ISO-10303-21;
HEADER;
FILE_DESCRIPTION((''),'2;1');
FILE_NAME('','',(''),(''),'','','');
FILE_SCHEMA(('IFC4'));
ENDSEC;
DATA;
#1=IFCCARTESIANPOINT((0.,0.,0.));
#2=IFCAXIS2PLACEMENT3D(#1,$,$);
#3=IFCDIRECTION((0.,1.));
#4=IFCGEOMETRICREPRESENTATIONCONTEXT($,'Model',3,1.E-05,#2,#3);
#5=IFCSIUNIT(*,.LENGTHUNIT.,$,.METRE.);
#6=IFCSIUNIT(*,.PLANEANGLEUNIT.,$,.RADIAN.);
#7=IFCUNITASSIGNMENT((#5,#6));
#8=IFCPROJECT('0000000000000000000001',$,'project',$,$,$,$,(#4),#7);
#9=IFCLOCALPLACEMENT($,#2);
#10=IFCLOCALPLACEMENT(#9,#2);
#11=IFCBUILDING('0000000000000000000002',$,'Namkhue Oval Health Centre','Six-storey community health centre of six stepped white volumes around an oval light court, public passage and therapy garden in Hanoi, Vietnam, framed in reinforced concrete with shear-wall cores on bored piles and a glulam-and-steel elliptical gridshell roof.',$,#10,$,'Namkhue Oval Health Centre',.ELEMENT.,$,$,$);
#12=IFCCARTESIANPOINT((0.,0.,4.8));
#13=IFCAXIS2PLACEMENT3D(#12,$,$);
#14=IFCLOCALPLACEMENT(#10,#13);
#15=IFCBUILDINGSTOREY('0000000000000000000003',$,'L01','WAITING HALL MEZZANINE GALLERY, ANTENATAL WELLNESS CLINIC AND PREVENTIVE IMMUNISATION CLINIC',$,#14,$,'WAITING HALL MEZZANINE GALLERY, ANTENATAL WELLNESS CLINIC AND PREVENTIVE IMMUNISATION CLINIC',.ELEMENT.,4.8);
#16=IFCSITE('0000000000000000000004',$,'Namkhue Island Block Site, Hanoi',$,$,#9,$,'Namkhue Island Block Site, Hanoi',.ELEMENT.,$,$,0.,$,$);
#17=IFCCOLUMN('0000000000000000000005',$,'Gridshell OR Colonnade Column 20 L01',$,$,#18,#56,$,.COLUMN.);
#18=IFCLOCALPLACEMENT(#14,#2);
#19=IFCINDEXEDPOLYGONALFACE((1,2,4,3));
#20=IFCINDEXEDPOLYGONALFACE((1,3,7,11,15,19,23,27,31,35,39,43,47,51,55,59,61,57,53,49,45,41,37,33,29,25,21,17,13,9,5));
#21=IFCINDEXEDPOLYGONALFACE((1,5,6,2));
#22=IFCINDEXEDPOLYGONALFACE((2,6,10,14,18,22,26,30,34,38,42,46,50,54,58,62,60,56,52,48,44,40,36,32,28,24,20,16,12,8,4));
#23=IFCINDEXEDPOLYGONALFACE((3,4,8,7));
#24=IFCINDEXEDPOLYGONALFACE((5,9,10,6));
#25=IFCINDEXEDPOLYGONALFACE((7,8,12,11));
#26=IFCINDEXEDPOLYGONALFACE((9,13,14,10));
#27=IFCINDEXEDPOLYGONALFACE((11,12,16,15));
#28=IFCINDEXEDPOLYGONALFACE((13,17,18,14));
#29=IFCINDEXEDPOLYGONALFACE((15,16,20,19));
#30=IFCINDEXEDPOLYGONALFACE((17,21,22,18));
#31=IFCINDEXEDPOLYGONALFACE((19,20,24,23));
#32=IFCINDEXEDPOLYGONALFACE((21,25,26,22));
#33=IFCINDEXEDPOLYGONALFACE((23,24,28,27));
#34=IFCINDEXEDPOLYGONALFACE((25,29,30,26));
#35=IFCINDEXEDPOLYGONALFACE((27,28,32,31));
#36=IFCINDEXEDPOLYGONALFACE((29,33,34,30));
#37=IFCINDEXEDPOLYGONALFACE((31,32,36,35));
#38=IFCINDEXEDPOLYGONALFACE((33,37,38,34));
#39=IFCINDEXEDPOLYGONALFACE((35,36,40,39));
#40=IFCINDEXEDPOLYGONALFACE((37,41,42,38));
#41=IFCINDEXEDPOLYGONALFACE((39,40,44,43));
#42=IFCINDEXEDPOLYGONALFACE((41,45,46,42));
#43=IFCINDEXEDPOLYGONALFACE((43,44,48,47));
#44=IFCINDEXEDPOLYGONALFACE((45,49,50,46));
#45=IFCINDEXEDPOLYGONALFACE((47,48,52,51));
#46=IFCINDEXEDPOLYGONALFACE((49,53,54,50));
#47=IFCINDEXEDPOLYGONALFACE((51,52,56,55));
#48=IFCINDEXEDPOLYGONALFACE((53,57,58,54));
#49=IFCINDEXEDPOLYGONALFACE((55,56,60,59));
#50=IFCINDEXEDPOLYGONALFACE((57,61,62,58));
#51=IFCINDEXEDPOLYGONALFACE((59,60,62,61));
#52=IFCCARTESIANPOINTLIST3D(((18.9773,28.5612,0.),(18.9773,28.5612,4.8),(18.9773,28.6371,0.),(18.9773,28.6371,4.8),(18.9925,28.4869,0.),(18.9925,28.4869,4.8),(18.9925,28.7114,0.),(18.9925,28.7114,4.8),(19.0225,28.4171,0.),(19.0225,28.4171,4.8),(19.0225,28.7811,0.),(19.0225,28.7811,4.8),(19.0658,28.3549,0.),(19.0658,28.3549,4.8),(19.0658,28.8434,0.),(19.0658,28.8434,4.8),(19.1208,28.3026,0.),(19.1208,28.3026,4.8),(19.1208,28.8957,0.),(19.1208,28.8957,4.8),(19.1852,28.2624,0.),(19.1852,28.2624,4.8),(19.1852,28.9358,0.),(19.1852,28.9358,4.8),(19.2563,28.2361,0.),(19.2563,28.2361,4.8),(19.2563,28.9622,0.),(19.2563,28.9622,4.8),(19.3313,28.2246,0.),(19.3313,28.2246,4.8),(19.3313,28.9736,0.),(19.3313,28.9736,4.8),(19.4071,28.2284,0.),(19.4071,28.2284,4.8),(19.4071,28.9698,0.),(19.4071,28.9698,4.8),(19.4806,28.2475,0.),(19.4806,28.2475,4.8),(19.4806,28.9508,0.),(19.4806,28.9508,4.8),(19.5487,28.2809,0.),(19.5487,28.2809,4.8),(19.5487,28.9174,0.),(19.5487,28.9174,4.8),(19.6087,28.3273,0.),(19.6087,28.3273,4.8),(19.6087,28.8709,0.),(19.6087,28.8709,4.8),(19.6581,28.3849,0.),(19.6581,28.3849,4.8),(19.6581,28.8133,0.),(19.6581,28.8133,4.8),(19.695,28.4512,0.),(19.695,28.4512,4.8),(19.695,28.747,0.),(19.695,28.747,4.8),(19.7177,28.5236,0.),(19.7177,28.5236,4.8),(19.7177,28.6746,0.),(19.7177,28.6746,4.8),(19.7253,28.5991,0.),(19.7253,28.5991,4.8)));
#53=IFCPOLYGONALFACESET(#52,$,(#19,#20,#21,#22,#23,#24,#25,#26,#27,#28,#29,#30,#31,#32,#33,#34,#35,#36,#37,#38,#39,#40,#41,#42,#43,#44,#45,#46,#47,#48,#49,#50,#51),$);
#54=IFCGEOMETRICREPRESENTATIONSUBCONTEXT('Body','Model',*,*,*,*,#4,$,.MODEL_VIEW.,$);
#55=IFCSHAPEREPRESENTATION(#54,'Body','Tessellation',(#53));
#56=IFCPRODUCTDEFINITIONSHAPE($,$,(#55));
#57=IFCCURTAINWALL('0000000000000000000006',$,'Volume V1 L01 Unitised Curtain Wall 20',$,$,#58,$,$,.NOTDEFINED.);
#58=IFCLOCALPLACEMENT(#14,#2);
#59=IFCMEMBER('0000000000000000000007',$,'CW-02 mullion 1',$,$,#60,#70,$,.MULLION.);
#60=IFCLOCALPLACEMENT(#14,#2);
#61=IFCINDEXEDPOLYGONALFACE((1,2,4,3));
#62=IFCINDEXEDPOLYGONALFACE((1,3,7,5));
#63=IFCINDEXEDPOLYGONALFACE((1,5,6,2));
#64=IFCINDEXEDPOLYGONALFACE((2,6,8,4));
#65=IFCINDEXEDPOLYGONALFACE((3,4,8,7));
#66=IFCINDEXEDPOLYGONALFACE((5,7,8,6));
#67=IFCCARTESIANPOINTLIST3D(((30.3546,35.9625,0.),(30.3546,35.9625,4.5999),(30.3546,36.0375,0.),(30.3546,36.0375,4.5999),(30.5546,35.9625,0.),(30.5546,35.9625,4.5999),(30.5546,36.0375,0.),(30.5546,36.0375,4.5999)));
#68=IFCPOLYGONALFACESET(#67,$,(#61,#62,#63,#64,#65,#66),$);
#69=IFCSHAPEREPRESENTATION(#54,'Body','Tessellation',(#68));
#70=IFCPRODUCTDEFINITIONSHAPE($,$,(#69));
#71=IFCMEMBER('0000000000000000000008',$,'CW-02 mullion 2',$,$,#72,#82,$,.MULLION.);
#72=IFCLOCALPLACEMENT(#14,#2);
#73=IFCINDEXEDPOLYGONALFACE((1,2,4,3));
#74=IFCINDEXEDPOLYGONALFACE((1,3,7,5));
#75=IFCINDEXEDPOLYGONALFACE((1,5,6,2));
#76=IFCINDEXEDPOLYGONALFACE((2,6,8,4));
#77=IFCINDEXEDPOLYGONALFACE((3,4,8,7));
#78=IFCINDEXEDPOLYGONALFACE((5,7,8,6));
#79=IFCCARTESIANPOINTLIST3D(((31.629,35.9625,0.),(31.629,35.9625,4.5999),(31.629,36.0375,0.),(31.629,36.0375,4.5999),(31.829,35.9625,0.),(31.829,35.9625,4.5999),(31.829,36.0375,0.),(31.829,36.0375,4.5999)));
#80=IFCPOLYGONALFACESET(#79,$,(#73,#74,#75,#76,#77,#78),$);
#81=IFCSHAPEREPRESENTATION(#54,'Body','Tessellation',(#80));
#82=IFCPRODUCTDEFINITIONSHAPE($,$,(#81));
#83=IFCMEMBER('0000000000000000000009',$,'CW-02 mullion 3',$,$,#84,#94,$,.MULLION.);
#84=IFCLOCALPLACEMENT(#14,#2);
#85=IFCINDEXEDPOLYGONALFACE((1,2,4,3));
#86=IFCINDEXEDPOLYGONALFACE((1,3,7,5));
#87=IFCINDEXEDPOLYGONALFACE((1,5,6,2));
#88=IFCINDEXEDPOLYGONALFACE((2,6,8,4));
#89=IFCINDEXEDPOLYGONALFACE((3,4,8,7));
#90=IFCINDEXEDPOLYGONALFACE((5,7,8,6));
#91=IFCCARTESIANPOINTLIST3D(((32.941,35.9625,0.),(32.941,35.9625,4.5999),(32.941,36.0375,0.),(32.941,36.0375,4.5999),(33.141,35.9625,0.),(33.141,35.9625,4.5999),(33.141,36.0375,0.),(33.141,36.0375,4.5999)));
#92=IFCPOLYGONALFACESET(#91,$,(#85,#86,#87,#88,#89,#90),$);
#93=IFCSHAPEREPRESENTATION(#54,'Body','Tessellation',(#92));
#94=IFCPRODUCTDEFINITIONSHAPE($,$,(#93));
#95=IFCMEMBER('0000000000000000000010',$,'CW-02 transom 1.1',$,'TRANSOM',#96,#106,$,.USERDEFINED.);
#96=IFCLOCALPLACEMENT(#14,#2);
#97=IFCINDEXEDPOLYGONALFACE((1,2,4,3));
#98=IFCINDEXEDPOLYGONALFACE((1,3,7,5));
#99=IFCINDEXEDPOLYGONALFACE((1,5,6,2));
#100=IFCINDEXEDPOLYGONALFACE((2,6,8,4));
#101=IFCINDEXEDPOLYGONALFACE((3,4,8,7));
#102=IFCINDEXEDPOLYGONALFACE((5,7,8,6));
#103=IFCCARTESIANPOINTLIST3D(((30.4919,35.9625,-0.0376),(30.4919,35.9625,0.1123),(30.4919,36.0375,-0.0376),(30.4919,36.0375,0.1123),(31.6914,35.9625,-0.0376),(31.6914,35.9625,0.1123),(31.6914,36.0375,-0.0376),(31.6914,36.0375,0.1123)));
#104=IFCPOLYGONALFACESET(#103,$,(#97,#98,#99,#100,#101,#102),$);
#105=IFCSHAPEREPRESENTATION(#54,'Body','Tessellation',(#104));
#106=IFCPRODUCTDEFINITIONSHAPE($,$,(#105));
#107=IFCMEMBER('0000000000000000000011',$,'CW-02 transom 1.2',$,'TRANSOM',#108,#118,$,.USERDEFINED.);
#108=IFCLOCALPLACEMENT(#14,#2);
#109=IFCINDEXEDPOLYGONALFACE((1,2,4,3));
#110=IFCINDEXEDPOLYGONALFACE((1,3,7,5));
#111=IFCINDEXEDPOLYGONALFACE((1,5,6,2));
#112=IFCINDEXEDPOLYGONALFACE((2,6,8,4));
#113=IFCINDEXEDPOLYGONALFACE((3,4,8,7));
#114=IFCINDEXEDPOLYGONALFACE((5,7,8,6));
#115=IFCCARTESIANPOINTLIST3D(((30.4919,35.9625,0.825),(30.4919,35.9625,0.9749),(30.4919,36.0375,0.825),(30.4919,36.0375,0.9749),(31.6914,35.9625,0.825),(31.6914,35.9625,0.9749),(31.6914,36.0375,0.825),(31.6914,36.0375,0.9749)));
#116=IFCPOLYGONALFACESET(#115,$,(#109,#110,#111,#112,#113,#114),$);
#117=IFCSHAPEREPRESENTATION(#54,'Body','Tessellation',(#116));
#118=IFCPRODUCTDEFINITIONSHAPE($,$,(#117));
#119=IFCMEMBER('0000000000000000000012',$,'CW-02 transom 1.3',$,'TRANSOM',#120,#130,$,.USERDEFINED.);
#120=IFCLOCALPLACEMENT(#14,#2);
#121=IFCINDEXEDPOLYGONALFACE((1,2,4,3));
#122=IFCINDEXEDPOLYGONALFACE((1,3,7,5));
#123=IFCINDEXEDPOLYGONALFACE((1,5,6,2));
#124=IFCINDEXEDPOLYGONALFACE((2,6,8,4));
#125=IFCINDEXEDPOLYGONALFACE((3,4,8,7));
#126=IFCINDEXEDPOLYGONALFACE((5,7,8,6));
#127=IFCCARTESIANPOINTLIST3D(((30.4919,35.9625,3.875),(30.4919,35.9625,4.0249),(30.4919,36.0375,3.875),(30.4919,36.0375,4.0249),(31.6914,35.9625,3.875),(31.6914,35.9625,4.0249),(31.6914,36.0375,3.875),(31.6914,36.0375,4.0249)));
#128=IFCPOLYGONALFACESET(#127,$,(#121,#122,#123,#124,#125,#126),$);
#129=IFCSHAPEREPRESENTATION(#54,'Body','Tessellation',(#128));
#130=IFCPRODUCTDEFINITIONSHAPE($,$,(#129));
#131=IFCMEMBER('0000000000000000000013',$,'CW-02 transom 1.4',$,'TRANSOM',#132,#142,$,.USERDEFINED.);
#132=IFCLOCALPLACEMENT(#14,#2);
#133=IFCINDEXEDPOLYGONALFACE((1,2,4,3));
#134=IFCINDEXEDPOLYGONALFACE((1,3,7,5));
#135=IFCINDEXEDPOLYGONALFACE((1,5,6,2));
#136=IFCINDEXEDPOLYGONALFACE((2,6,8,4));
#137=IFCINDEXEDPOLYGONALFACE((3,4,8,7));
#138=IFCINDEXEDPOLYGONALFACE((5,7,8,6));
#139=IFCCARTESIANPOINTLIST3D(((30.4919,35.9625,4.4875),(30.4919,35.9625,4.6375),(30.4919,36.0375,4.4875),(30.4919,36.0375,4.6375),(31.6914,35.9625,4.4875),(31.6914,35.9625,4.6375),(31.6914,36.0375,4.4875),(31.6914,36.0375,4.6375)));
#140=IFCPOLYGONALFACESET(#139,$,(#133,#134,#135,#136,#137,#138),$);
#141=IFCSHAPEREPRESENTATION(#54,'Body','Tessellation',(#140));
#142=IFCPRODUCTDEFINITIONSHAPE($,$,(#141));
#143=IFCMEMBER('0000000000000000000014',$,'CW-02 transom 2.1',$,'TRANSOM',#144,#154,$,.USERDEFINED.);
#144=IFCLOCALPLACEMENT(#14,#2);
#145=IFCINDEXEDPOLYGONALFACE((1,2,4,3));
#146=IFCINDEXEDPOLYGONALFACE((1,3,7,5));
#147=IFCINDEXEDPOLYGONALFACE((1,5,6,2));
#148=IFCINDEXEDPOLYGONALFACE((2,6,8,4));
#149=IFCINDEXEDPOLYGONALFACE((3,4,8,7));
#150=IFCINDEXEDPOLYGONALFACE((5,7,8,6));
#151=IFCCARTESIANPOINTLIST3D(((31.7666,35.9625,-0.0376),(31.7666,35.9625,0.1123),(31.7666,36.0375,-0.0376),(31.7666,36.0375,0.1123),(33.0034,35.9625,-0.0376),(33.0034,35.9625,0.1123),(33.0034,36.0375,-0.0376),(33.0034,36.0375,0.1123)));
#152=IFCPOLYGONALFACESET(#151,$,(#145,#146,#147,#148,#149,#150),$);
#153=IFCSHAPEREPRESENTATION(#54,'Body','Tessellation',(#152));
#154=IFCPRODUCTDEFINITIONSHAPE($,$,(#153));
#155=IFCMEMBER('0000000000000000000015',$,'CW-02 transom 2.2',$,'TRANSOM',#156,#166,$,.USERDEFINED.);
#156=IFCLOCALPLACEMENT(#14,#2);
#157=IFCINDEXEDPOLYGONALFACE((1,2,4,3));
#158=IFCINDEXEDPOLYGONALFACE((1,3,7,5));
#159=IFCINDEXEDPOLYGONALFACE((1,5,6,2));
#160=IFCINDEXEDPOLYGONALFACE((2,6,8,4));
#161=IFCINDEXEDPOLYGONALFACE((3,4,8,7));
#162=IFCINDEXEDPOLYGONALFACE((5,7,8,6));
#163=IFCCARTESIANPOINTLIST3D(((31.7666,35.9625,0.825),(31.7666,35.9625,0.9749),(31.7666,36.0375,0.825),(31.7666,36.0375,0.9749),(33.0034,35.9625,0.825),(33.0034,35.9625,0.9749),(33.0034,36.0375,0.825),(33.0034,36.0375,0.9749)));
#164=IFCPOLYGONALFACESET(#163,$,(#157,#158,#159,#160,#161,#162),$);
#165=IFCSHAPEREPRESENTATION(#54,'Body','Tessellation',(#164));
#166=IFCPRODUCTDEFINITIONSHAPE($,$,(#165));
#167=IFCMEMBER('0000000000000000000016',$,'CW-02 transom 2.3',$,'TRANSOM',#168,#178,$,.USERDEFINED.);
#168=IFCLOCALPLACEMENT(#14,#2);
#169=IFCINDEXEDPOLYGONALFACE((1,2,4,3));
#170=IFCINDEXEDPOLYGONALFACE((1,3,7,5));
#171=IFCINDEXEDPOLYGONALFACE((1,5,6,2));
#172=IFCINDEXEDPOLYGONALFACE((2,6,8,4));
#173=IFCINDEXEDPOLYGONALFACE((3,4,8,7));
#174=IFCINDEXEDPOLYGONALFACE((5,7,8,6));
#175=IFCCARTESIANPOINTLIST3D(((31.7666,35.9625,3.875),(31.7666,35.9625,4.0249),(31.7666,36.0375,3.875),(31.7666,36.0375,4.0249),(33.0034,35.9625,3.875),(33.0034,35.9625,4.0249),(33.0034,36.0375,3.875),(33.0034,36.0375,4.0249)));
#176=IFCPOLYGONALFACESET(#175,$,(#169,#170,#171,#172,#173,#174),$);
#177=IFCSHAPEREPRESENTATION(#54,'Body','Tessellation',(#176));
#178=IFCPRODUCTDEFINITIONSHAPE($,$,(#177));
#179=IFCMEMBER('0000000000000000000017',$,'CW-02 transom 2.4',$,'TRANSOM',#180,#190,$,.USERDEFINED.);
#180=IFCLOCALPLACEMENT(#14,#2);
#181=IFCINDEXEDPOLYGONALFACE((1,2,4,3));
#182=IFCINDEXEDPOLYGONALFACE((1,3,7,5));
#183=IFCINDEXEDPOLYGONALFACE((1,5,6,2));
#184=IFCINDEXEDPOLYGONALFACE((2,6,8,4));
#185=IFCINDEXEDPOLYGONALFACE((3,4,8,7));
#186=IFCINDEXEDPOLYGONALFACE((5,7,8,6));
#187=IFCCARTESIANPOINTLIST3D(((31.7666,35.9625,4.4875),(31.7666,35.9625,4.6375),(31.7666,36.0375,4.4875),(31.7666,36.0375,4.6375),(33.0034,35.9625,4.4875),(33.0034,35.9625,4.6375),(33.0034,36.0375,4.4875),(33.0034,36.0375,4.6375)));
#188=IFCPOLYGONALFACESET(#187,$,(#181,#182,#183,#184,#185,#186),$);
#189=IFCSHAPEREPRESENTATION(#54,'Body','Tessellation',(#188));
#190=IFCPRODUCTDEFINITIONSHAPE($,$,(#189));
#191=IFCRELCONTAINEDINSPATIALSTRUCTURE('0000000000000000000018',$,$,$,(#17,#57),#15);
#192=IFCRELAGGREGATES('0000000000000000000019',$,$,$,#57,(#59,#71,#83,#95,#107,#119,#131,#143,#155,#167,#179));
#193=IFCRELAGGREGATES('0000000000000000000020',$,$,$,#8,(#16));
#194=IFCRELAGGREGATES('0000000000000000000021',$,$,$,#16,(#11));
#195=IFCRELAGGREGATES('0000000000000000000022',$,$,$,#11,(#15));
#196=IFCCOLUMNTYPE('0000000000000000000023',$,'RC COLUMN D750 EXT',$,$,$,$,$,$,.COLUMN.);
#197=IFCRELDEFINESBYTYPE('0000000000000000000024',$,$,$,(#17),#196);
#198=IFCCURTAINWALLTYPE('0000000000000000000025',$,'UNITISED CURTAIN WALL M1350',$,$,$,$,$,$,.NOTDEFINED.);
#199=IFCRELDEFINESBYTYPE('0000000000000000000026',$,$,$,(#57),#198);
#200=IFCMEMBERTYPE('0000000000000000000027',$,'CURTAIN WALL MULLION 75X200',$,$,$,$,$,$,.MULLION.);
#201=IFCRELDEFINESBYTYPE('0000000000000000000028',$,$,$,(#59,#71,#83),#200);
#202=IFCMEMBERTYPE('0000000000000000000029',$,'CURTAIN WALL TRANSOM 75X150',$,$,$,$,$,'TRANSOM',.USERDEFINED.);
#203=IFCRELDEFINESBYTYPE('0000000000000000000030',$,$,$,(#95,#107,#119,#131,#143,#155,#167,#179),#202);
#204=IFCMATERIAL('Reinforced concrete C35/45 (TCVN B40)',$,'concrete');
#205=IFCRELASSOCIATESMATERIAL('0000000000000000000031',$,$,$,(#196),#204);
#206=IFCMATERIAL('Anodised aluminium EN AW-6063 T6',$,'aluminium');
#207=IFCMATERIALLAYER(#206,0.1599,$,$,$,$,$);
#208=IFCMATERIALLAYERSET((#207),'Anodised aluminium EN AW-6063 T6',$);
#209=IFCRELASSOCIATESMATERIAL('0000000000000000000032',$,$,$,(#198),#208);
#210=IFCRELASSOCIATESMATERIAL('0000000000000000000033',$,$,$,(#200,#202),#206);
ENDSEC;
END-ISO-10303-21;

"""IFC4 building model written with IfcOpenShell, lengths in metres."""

from ifc_helpers import new_model, si_unit, direction, frame, origin, origin_2d, place, context, subcontext, project, spatial, rectangle, circle, extrude, material, layer, layer_set, material_profile, profile_set, type_object, element, aggregate, save


model = new_model("IFC4")

# Units and contexts
model_context = context("Model", 3, precision=1e-05, world=origin(), true_north=direction((0.0, 1.0)))
body_context = subcontext(model_context, "Body", "Model", "MODEL_VIEW")
ifc_project = project(units=[si_unit("LENGTHUNIT", "METRE"), si_unit("PLANEANGLEUNIT", "RADIAN")], contexts=[model_context])

# Site, building, storey
site_placement = place(None, origin())
site = spatial("IfcSite", under=ifc_project, at=site_placement, Name="Namkhue Island Block Site, Hanoi", LongName="Namkhue Island Block Site, Hanoi", CompositionType="ELEMENT", RefElevation=0.0)
building_placement = place(site_placement, origin())
building = spatial("IfcBuilding", under=site, at=building_placement, Name="Namkhue Oval Health Centre", Description="Six-storey community health centre of six stepped white volumes around an oval light court, public passage and therapy garden in Hanoi, Vietnam, framed in reinforced concrete with shear-wall cores on bored piles and a glulam-and-steel elliptical gridshell roof.", LongName="Namkhue Oval Health Centre", CompositionType="ELEMENT")
storey_placement = place(building_placement, frame((0.0, 0.0, 4.8)))
storey = spatial("IfcBuildingStorey", under=building, at=storey_placement, Name="L01", Description="WAITING HALL MEZZANINE GALLERY, ANTENATAL WELLNESS CLINIC AND PREVENTIVE IMMUNISATION CLINIC", LongName="WAITING HALL MEZZANINE GALLERY, ANTENATAL WELLNESS CLINIC AND PREVENTIVE IMMUNISATION CLINIC", CompositionType="ELEMENT", Elevation=4.8)

# Column
ifc_material_1 = material(Name="Reinforced concrete C35/45 (TCVN B40)", Category="concrete")
ifc_material_profile_1 = material_profile(ifc_material_1, circle(Radius=0.375, at=origin_2d()), Name="RC D750")
ifc_profile_set_1 = profile_set([ifc_material_profile_1], Name="Reinforced concrete C35/45 (TCVN B40)")
column_type = type_object("IfcColumnType", Name="RC COLUMN D750 EXT", PredefinedType="COLUMN", material=ifc_profile_set_1)
column_placement = place(storey_placement, frame((19.3503, 28.5991, 0.0), z_axis=(0.0, 0.0, 1.0), x_axis=(1.0, 0.0, 0.0)))
element("IfcColumn", 1, at=column_placement, inside=storey, type_object=column_type, Name="Gridshell OR Colonnade Column 20 L01", PredefinedType="COLUMN", context=body_context, shape_type="SweptSolid", body=[
    extrude(circle(Radius=0.375, at=origin_2d()), origin(), (0.0, 0.0, 1.0), 4.8),
])

# Curtain wall, members
ifc_material_2 = material(Name="Anodised aluminium EN AW-6063 T6", Category="aluminium")
ifc_layer_1 = layer(ifc_material_2, 0.1599)
ifc_layer_set_1 = layer_set([ifc_layer_1], Name="Anodised aluminium EN AW-6063 T6")
curtain_wall_type = type_object("IfcCurtainWallType", Name="UNITISED CURTAIN WALL M1350", PredefinedType="NOTDEFINED", material=ifc_layer_set_1)
curtain_wall_placement = place(storey_placement, origin())
curtain_wall = element("IfcCurtainWall", 2, at=curtain_wall_placement, inside=storey, type_object=curtain_wall_type, Name="Volume V1 L01 Unitised Curtain Wall 20", PredefinedType="NOTDEFINED")
ifc_material_profile_2 = material_profile(ifc_material_2, rectangle(XDim=0.075, YDim=0.2, at=origin_2d()), Name="ALU 75x200")
ifc_profile_set_2 = profile_set([ifc_material_profile_2], Name="Anodised aluminium EN AW-6063 T6")
member_type_1 = type_object("IfcMemberType", Name="CURTAIN WALL MULLION 75X200", PredefinedType="MULLION", material=ifc_profile_set_2)
member_1_placement = place(storey_placement, frame((30.4546, 36.0, 0.0), z_axis=(0.0, 0.0, 1.0), x_axis=(0.0, 1.0, 0.0)))
member_1 = element("IfcMember", 3, at=member_1_placement, type_object=member_type_1, Name="CW-02 mullion 1", PredefinedType="MULLION", context=body_context, shape_type="SweptSolid", body=[
    extrude(rectangle(XDim=0.075, YDim=0.2, at=origin_2d()), origin(), (0.0, 0.0, 1.0), 4.5999),
])
member_2_placement = place(storey_placement, frame((31.729, 36.0, 0.0), z_axis=(0.0, 0.0, 1.0), x_axis=(0.0, 1.0, 0.0)))
member_2 = element("IfcMember", 4, at=member_2_placement, type_object=member_type_1, Name="CW-02 mullion 2", PredefinedType="MULLION", context=body_context, shape_type="SweptSolid", body=[
    extrude(rectangle(XDim=0.075, YDim=0.2, at=origin_2d()), origin(), (0.0, 0.0, 1.0), 4.5999),
])
member_3_placement = place(storey_placement, frame((33.041, 36.0, 0.0), z_axis=(0.0, 0.0, 1.0), x_axis=(0.0, 1.0, 0.0)))
member_3 = element("IfcMember", 5, at=member_3_placement, type_object=member_type_1, Name="CW-02 mullion 3", PredefinedType="MULLION", context=body_context, shape_type="SweptSolid", body=[
    extrude(rectangle(XDim=0.075, YDim=0.2, at=origin_2d()), origin(), (0.0, 0.0, 1.0), 4.5999),
])
ifc_material_profile_3 = material_profile(ifc_material_2, rectangle(XDim=0.075, YDim=0.1499, at=origin_2d()), Name="ALU 75x150")
ifc_profile_set_3 = profile_set([ifc_material_profile_3], Name="Anodised aluminium EN AW-6063 T6")
member_type_2 = type_object("IfcMemberType", Name="CURTAIN WALL TRANSOM 75X150", ElementType="TRANSOM", PredefinedType="USERDEFINED", material=ifc_profile_set_3)
member_4_placement = place(storey_placement, frame((30.4919, 36.0, 0.0374), z_axis=(1.0, 0.0, 0.0), x_axis=(0.0, 1.0, 0.0)))
member_4 = element("IfcMember", 6, at=member_4_placement, type_object=member_type_2, Name="CW-02 transom 1.1", ObjectType="TRANSOM", PredefinedType="USERDEFINED", context=body_context, shape_type="SweptSolid", body=[
    extrude(rectangle(XDim=0.075, YDim=0.1499, at=origin_2d()), origin(), (0.0, 0.0, 1.0), 1.1995),
])
member_5_placement = place(storey_placement, frame((30.4919, 36.0, 0.8999), z_axis=(1.0, 0.0, 0.0), x_axis=(0.0, 1.0, 0.0)))
member_5 = element("IfcMember", 7, at=member_5_placement, type_object=member_type_2, Name="CW-02 transom 1.2", ObjectType="TRANSOM", PredefinedType="USERDEFINED", context=body_context, shape_type="SweptSolid", body=[
    extrude(rectangle(XDim=0.075, YDim=0.1499, at=origin_2d()), origin(), (0.0, 0.0, 1.0), 1.1995),
])
member_6_placement = place(storey_placement, frame((30.4919, 36.0, 3.95), z_axis=(1.0, 0.0, 0.0), x_axis=(0.0, 1.0, 0.0)))
member_6 = element("IfcMember", 8, at=member_6_placement, type_object=member_type_2, Name="CW-02 transom 1.3", ObjectType="TRANSOM", PredefinedType="USERDEFINED", context=body_context, shape_type="SweptSolid", body=[
    extrude(rectangle(XDim=0.075, YDim=0.1499, at=origin_2d()), origin(), (0.0, 0.0, 1.0), 1.1995),
])
member_7_placement = place(storey_placement, frame((30.4919, 36.0, 4.5625), z_axis=(1.0, 0.0, 0.0), x_axis=(0.0, 1.0, 0.0)))
member_7 = element("IfcMember", 9, at=member_7_placement, type_object=member_type_2, Name="CW-02 transom 1.4", ObjectType="TRANSOM", PredefinedType="USERDEFINED", context=body_context, shape_type="SweptSolid", body=[
    extrude(rectangle(XDim=0.075, YDim=0.1499, at=origin_2d()), origin(), (0.0, 0.0, 1.0), 1.1995),
])
member_8_placement = place(storey_placement, frame((31.7666, 36.0, 0.0374), z_axis=(1.0, 0.0, 0.0), x_axis=(0.0, 1.0, 0.0)))
member_8 = element("IfcMember", 10, at=member_8_placement, type_object=member_type_2, Name="CW-02 transom 2.1", ObjectType="TRANSOM", PredefinedType="USERDEFINED", context=body_context, shape_type="SweptSolid", body=[
    extrude(rectangle(XDim=0.075, YDim=0.1499, at=origin_2d()), origin(), (0.0, 0.0, 1.0), 1.2368),
])
member_9_placement = place(storey_placement, frame((31.7666, 36.0, 0.8999), z_axis=(1.0, 0.0, 0.0), x_axis=(0.0, 1.0, 0.0)))
member_9 = element("IfcMember", 11, at=member_9_placement, type_object=member_type_2, Name="CW-02 transom 2.2", ObjectType="TRANSOM", PredefinedType="USERDEFINED", context=body_context, shape_type="SweptSolid", body=[
    extrude(rectangle(XDim=0.075, YDim=0.1499, at=origin_2d()), origin(), (0.0, 0.0, 1.0), 1.2368),
])
member_10_placement = place(storey_placement, frame((31.7666, 36.0, 3.95), z_axis=(1.0, 0.0, 0.0), x_axis=(0.0, 1.0, 0.0)))
member_10 = element("IfcMember", 12, at=member_10_placement, type_object=member_type_2, Name="CW-02 transom 2.3", ObjectType="TRANSOM", PredefinedType="USERDEFINED", context=body_context, shape_type="SweptSolid", body=[
    extrude(rectangle(XDim=0.075, YDim=0.1499, at=origin_2d()), origin(), (0.0, 0.0, 1.0), 1.2368),
])
member_11_placement = place(storey_placement, frame((31.7666, 36.0, 4.5625), z_axis=(1.0, 0.0, 0.0), x_axis=(0.0, 1.0, 0.0)))
member_11 = element("IfcMember", 13, at=member_11_placement, type_object=member_type_2, Name="CW-02 transom 2.4", ObjectType="TRANSOM", PredefinedType="USERDEFINED", context=body_context, shape_type="SweptSolid", body=[
    extrude(rectangle(XDim=0.075, YDim=0.1499, at=origin_2d()), origin(), (0.0, 0.0, 1.0), 1.2368),
])
aggregate(curtain_wall, [member_1, member_2, member_3, member_4, member_5, member_6, member_7, member_8, member_9, member_10, member_11])

save(model, "model.ifc")
